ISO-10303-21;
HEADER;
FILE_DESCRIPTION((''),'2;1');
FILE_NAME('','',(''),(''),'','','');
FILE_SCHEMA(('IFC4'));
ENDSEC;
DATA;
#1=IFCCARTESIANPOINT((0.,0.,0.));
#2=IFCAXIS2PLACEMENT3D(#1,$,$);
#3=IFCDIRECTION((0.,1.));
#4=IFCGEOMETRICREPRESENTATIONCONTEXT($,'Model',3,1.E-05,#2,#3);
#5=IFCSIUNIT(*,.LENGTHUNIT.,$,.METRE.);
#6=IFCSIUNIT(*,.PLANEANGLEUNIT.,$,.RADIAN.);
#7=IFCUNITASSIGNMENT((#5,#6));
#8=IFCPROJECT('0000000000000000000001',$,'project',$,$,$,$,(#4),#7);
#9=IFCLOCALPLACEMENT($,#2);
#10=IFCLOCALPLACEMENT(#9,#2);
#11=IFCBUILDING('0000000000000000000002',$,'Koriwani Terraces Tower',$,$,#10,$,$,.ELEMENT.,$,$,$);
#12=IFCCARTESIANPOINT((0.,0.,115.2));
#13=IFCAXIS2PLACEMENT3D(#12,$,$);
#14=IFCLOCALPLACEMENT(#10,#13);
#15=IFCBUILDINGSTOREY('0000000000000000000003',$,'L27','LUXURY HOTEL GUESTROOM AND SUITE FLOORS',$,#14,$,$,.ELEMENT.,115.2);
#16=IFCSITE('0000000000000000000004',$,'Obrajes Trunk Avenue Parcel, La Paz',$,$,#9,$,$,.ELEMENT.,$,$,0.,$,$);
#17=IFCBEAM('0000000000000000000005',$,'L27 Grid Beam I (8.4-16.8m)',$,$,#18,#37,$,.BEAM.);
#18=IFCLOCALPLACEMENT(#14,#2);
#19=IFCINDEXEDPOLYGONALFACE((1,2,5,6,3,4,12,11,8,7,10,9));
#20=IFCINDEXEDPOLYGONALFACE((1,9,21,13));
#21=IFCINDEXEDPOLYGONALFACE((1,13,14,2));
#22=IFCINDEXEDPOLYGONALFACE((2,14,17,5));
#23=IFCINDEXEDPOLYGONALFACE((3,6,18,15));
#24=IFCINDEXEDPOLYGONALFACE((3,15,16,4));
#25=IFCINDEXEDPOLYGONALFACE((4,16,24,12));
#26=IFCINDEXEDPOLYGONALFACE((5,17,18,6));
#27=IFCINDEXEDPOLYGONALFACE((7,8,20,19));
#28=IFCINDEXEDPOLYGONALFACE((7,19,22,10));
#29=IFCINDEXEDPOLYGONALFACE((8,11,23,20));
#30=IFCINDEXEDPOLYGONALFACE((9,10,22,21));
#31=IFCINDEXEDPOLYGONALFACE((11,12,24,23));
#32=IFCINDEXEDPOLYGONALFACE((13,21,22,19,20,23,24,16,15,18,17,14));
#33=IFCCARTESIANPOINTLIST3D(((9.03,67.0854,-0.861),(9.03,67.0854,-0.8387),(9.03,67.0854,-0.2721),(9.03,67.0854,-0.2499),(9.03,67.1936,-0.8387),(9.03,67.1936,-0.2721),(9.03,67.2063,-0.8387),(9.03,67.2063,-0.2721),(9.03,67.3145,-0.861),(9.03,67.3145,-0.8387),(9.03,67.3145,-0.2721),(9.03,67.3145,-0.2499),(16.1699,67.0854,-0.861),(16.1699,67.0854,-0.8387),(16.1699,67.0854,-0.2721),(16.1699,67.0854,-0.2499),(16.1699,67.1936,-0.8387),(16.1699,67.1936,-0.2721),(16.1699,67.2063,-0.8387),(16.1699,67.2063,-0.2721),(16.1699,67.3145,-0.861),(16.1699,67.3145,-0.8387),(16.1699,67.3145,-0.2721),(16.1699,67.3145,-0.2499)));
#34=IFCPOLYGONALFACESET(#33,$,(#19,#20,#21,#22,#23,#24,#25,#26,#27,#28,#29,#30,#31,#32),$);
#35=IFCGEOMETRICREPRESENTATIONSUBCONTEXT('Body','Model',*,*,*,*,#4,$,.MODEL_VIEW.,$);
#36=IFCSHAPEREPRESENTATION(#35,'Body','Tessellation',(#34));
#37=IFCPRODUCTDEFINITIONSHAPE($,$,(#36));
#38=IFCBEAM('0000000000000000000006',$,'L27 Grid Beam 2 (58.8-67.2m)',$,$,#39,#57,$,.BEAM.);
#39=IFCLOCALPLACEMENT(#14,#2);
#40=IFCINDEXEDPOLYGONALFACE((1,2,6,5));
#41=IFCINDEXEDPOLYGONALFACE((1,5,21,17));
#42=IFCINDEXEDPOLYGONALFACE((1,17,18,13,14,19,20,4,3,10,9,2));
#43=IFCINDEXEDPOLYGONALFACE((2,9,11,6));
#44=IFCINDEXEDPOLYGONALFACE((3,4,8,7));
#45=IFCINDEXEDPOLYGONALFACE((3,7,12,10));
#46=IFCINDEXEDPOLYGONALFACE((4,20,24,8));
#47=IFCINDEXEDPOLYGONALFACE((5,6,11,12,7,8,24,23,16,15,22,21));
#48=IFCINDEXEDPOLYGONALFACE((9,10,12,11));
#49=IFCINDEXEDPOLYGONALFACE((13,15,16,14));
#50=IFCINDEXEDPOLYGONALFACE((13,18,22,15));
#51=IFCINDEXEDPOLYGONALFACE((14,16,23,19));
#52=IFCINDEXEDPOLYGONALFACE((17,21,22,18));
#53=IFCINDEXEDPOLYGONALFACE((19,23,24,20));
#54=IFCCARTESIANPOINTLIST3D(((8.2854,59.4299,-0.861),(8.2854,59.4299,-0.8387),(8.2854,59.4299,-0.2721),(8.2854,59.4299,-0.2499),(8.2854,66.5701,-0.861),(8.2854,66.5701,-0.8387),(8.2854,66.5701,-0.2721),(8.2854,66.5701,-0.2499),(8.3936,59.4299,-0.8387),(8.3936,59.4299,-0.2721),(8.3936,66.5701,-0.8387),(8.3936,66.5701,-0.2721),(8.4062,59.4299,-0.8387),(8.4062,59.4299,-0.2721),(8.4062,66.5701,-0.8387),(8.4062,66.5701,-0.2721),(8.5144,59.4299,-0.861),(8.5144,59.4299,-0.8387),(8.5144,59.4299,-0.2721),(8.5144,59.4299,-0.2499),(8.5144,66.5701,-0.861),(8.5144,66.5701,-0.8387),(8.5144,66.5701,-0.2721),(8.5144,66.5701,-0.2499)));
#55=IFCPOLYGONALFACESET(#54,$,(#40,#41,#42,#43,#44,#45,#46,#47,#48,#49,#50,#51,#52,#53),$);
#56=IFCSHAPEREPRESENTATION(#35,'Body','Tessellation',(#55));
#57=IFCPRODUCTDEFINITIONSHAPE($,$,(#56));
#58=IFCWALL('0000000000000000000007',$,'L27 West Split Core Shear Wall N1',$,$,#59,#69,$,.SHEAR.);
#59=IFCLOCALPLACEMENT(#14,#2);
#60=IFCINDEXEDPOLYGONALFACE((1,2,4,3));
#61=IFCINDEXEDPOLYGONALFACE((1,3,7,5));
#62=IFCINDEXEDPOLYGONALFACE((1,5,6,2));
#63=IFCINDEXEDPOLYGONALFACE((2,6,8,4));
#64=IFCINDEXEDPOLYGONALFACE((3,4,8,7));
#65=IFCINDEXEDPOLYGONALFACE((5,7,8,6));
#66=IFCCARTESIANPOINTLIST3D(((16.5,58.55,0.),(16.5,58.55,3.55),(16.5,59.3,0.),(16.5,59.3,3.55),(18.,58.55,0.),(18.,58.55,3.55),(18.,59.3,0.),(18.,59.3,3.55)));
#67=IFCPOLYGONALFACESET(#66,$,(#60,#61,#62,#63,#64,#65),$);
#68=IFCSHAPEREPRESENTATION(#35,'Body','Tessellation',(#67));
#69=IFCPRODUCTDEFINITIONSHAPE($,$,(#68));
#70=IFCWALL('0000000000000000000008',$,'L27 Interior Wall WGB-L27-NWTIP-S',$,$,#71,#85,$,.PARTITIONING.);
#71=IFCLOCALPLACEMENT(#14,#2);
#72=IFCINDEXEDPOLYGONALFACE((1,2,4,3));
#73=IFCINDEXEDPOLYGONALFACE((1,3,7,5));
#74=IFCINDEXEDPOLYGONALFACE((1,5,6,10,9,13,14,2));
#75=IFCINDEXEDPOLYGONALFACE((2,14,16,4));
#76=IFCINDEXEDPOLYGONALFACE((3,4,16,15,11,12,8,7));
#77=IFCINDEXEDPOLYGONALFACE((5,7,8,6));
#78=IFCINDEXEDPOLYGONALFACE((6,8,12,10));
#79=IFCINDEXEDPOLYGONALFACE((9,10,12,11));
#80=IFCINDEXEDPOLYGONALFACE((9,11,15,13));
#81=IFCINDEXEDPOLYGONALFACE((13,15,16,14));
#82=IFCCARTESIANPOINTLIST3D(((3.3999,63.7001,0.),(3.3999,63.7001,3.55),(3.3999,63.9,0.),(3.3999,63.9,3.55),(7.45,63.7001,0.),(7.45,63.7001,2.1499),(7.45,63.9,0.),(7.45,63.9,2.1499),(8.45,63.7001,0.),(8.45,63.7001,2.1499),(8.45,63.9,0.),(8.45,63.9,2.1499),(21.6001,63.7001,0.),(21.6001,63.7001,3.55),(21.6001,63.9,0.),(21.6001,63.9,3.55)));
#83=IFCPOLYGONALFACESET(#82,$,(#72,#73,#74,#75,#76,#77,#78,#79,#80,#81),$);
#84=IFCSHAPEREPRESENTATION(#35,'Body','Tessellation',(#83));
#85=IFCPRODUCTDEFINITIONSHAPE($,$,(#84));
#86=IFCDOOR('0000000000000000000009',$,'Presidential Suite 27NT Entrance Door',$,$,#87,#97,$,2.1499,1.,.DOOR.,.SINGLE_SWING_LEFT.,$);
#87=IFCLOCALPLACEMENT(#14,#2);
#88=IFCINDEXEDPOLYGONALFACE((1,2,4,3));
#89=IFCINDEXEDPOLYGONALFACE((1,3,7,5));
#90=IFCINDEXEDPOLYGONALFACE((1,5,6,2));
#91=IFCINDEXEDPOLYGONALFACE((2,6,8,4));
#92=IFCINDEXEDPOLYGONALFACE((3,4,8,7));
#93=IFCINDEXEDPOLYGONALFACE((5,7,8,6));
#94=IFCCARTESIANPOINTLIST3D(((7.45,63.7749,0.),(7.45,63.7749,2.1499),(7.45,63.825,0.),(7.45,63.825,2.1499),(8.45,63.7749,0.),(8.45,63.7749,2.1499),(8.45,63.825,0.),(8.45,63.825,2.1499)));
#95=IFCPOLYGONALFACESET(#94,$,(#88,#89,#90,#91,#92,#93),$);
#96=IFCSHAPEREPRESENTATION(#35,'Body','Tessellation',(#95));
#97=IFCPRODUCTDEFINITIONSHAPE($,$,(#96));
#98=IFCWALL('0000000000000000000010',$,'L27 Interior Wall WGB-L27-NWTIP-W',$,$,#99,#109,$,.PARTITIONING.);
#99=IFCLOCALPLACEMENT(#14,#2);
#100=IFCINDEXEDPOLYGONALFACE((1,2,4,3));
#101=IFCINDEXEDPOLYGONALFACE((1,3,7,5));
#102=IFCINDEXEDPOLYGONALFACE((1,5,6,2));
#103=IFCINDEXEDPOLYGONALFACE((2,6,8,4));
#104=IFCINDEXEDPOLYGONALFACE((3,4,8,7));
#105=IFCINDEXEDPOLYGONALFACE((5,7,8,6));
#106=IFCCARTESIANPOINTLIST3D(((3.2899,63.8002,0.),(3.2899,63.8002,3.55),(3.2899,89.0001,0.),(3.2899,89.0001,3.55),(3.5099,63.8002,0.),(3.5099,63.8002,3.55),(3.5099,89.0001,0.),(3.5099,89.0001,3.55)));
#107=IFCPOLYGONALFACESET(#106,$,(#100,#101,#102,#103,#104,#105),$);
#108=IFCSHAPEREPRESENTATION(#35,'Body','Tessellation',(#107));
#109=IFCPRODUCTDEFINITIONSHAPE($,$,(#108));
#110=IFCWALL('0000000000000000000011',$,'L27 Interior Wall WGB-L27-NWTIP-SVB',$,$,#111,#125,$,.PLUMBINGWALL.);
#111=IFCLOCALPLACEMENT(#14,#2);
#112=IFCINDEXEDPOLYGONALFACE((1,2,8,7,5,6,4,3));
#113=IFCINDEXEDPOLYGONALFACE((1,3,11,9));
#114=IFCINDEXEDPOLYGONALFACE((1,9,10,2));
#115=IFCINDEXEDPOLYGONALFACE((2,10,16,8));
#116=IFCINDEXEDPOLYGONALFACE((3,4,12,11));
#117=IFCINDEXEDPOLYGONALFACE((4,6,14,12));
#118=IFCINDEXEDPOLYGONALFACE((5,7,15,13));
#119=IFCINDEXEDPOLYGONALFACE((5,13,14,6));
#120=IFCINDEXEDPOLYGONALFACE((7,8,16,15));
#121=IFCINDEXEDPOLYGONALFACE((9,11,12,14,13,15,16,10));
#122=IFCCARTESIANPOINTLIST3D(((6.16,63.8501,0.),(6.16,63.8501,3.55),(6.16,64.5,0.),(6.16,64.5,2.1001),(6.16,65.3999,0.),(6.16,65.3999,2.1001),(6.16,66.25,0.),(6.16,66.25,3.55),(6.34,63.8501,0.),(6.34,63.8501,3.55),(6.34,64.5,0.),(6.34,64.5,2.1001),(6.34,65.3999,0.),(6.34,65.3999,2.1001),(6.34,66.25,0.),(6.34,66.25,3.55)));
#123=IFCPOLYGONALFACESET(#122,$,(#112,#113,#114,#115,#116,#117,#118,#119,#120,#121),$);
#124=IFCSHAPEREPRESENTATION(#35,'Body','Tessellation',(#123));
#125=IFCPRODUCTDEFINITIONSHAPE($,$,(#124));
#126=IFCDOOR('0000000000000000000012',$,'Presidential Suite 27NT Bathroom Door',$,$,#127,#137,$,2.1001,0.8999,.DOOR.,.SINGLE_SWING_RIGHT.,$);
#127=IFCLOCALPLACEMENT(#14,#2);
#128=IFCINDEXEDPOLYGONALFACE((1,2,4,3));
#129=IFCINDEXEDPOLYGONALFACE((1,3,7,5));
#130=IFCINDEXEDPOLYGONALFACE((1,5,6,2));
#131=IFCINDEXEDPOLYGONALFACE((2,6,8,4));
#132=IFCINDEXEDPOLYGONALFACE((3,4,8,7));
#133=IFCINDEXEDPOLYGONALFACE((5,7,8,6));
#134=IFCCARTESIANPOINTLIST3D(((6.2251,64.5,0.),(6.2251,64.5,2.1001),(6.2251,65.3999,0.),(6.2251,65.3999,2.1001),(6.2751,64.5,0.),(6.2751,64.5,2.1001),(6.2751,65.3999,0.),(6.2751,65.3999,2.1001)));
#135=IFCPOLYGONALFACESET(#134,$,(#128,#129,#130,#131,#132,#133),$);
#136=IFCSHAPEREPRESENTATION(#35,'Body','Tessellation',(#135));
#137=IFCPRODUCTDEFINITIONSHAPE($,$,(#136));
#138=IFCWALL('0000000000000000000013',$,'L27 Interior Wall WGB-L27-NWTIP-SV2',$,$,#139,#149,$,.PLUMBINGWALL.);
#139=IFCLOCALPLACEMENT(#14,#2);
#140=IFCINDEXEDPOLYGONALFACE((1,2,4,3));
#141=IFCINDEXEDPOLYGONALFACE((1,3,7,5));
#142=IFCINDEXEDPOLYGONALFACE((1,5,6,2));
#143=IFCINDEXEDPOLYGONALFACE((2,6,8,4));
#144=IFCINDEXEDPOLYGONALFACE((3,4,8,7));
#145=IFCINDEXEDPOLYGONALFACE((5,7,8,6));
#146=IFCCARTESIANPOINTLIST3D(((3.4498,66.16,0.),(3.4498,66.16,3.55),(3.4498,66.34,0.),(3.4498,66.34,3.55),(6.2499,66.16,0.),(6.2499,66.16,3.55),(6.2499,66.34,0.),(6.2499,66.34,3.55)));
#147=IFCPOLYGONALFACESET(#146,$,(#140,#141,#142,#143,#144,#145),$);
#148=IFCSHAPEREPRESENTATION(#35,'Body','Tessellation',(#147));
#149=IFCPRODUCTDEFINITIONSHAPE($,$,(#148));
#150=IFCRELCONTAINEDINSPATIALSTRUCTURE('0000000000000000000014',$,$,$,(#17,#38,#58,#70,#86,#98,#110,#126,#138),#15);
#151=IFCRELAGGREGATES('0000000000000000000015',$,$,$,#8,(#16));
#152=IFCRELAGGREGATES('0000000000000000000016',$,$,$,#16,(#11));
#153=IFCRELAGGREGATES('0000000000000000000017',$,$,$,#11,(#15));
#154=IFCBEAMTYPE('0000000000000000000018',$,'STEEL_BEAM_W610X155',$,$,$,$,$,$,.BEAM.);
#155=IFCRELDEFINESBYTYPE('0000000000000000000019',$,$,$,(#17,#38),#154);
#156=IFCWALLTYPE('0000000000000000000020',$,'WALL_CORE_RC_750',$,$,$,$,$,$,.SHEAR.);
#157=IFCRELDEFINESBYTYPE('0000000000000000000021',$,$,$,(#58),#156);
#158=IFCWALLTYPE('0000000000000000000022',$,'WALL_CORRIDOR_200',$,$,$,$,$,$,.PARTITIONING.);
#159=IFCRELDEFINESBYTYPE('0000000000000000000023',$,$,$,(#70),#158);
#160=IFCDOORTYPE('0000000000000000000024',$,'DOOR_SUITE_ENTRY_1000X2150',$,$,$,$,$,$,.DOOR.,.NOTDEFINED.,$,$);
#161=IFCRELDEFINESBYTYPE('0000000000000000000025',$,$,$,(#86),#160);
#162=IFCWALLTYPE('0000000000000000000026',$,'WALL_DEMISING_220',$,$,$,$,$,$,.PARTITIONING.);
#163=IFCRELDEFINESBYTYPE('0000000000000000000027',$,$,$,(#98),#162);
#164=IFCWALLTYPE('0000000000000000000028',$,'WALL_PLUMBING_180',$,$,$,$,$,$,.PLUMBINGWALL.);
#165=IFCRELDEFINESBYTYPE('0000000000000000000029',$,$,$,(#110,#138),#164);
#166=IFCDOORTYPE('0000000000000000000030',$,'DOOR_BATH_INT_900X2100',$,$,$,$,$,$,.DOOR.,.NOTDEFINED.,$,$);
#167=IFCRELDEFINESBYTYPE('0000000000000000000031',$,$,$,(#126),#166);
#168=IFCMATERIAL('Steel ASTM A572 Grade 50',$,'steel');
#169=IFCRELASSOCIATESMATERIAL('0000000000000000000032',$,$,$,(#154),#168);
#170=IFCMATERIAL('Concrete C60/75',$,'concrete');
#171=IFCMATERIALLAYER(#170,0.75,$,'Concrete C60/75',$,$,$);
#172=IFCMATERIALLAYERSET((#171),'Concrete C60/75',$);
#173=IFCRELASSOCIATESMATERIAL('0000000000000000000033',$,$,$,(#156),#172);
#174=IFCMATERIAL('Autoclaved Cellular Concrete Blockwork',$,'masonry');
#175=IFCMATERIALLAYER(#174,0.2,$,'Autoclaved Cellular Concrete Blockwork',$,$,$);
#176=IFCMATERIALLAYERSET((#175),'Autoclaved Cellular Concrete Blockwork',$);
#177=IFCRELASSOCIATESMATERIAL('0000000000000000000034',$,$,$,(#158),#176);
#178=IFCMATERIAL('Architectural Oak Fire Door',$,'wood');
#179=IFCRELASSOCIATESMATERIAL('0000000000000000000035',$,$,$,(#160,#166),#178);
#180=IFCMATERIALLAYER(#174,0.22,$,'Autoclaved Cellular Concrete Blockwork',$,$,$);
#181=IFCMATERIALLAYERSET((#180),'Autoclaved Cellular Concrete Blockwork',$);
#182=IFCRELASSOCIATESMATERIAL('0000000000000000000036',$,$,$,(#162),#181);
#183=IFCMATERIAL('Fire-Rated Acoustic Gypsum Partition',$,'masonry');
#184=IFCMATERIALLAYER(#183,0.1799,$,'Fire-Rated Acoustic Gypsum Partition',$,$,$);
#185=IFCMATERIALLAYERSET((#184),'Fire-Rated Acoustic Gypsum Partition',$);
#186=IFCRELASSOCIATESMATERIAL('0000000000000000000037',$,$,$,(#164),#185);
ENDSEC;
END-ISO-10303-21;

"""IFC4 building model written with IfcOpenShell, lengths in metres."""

from ifc_helpers import new_model, si_unit, direction, frame, frame_2d, origin, origin_2d, place, context, subcontext, project, spatial, rectangle, i_section, extrude, material, layer, layer_set, material_profile, profile_set, type_object, element, fill, save


model = new_model("IFC4")

# Units and contexts
model_context = context("Model", 3, precision=1e-05, world=origin(), true_north=direction((0.0, 1.0)))
body_context = subcontext(model_context, "Body", "Model", "MODEL_VIEW")
ifc_project = project(units=[si_unit("LENGTHUNIT", "METRE"), si_unit("PLANEANGLEUNIT", "RADIAN")], contexts=[model_context])

# Site, building, storey
site_placement = place(None, origin())
site = spatial("IfcSite", under=ifc_project, at=site_placement, Name="Obrajes Trunk Avenue Parcel, La Paz", CompositionType="ELEMENT", RefElevation=0.0)
building_placement = place(site_placement, origin())
building = spatial("IfcBuilding", under=site, at=building_placement, Name="Koriwani Terraces Tower", CompositionType="ELEMENT")
storey_placement = place(building_placement, frame((0.0, 0.0, 115.2)))
storey = spatial("IfcBuildingStorey", under=building, at=storey_placement, Name="L27", Description="LUXURY HOTEL GUESTROOM AND SUITE FLOORS", CompositionType="ELEMENT", Elevation=115.2)

# Shared definitions
ifc_material_1 = material(Name="Concrete C60/75", Category="concrete")

# Beams
ifc_material_2 = material(Name="Steel ASTM A572 Grade 50", Category="steel")
ifc_material_profile_1 = material_profile(ifc_material_2, i_section(OverallWidth=0.229, OverallDepth=0.6111, WebThickness=0.0127, FlangeThickness=0.0222, at=origin_2d()), Name="Steel ASTM A572 Grade 50", Category="LoadBearing")
ifc_profile_set_1 = profile_set([ifc_material_profile_1], Name="Steel ASTM A572 Grade 50")
beam_type_1 = type_object("IfcBeamType", Name="STEEL_BEAM_W610X155", PredefinedType="BEAM", material=ifc_profile_set_1)
beam_1_placement = place(storey_placement, frame((9.03, 67.2, -0.5554), z_axis=(1.0, 0.0, 0.0), x_axis=(0.0, 1.0, 0.0)))
element("IfcBeam", 1, at=beam_1_placement, inside=storey, type_object=beam_type_1, Name="L27 Grid Beam I (8.4-16.8m)", PredefinedType="BEAM", context=body_context, shape_type="SweptSolid", body=[
    extrude(i_section(OverallWidth=0.229, OverallDepth=0.6111, WebThickness=0.0127, FlangeThickness=0.0222, at=origin_2d()), origin(), (0.0, 0.0, 1.0), 7.1399),
])
beam_2_placement = place(storey_placement, frame((8.3999, 59.4299, -0.5554), z_axis=(0.0, 1.0, 0.0), x_axis=(-1.0, 0.0, 0.0)))
element("IfcBeam", 2, at=beam_2_placement, inside=storey, type_object=beam_type_1, Name="L27 Grid Beam 2 (58.8-67.2m)", PredefinedType="BEAM", context=body_context, shape_type="SweptSolid", body=[
    extrude(i_section(OverallWidth=0.229, OverallDepth=0.6111, WebThickness=0.0127, FlangeThickness=0.0222, at=origin_2d()), origin(), (0.0, 0.0, 1.0), 7.1401),
])

# Wall
ifc_layer_1 = layer(ifc_material_1, 0.75, Name="Concrete C60/75")
ifc_layer_set_1 = layer_set([ifc_layer_1], Name="Concrete C60/75")
wall_type_1 = type_object("IfcWallType", Name="WALL_CORE_RC_750", PredefinedType="SHEAR", material=ifc_layer_set_1)
wall_1_placement = place(storey_placement, frame((16.5, 58.925, 0.0), z_axis=(0.0, 0.0, 1.0), x_axis=(1.0, 0.0, 0.0)))
element("IfcWall", 3, at=wall_1_placement, inside=storey, type_object=wall_type_1, Name="L27 West Split Core Shear Wall N1", PredefinedType="SHEAR", context=body_context, shape_type="SweptSolid", body=[
    extrude(rectangle(XDim=1.5, YDim=0.75, at=frame_2d((0.75, 0.0))), origin(), (0.0, 0.0, 1.0), 3.55),
])

# Wall, opening, door
ifc_material_3 = material(Name="Autoclaved Cellular Concrete Blockwork", Category="masonry")
ifc_layer_2 = layer(ifc_material_3, 0.2, Name="Autoclaved Cellular Concrete Blockwork")
ifc_layer_set_2 = layer_set([ifc_layer_2], Name="Autoclaved Cellular Concrete Blockwork")
wall_type_2 = type_object("IfcWallType", Name="WALL_CORRIDOR_200", PredefinedType="PARTITIONING", material=ifc_layer_set_2)
wall_2_placement = place(storey_placement, frame((3.3999, 63.8, 0.0), z_axis=(0.0, 0.0, 1.0), x_axis=(1.0, 0.0, 0.0)))
wall_2 = element("IfcWall", 4, at=wall_2_placement, inside=storey, type_object=wall_type_2, Name="L27 Interior Wall WGB-L27-NWTIP-S", PredefinedType="PARTITIONING", context=body_context, shape_type="SweptSolid", body=[
    extrude(rectangle(XDim=18.2002, YDim=0.2, at=frame_2d((9.1001, 0.0))), origin(), (0.0, 0.0, 1.0), 3.55),
])
opening_1_placement = place(wall_2_placement, frame((4.05, 0.0, 0.0)))
opening_1 = element("IfcOpeningElement", 5, at=opening_1_placement, cuts=wall_2, PredefinedType="OPENING", context=body_context, shape_type="SweptSolid", body=[
    extrude(rectangle(XDim=1.0, YDim=2.1499, at=frame_2d((0.5, 1.075))), frame((0.0, 0.1099, 0.0), z_axis=(0.0, -1.0, 0.0), x_axis=(1.0, 0.0, 0.0)), (0.0, 0.0, 1.0), 0.22),
])
ifc_material_4 = material(Name="Architectural Oak Fire Door", Category="wood")
door_type_1 = type_object("IfcDoorType", Name="DOOR_SUITE_ENTRY_1000X2150", OperationType="NOTDEFINED", PredefinedType="DOOR", material=ifc_material_4)
door_1_placement = place(opening_1_placement, origin())
door_1 = element("IfcDoor", 6, at=door_1_placement, inside=storey, type_object=door_type_1, Name="Presidential Suite 27NT Entrance Door", OperationType="SINGLE_SWING_LEFT", OverallHeight=2.1499, OverallWidth=1.0, PredefinedType="DOOR", context=body_context, shape_type="SweptSolid", body=[
    extrude(rectangle(XDim=1.0, YDim=2.1499, at=frame_2d((0.5, 1.075))), frame((0.0, 0.0249, 0.0), z_axis=(0.0, -1.0, 0.0), x_axis=(1.0, 0.0, 0.0)), (0.0, 0.0, 1.0), 0.05),
])
fill(opening_1, door_1)

# Wall
ifc_layer_3 = layer(ifc_material_3, 0.22, Name="Autoclaved Cellular Concrete Blockwork")
ifc_layer_set_3 = layer_set([ifc_layer_3], Name="Autoclaved Cellular Concrete Blockwork")
wall_type_3 = type_object("IfcWallType", Name="WALL_DEMISING_220", PredefinedType="PARTITIONING", material=ifc_layer_set_3)
wall_3_placement = place(storey_placement, frame((3.3999, 63.8, 0.0), z_axis=(0.0, 0.0, 1.0), x_axis=(0.0, 1.0, 0.0)))
element("IfcWall", 7, at=wall_3_placement, inside=storey, type_object=wall_type_3, Name="L27 Interior Wall WGB-L27-NWTIP-W", PredefinedType="PARTITIONING", context=body_context, shape_type="SweptSolid", body=[
    extrude(rectangle(XDim=25.2, YDim=0.22, at=frame_2d((12.6001, 0.0))), origin(), (0.0, 0.0, 1.0), 3.55),
])

# Wall, opening, door
ifc_material_5 = material(Name="Fire-Rated Acoustic Gypsum Partition", Category="masonry")
ifc_layer_4 = layer(ifc_material_5, 0.1799, Name="Fire-Rated Acoustic Gypsum Partition")
ifc_layer_set_4 = layer_set([ifc_layer_4], Name="Fire-Rated Acoustic Gypsum Partition")
wall_type_4 = type_object("IfcWallType", Name="WALL_PLUMBING_180", PredefinedType="PLUMBINGWALL", material=ifc_layer_set_4)
wall_4_placement = place(storey_placement, frame((6.25, 63.8501, 0.0), z_axis=(0.0, 0.0, 1.0), x_axis=(0.0, 1.0, 0.0)))
wall_4 = element("IfcWall", 8, at=wall_4_placement, inside=storey, type_object=wall_type_4, Name="L27 Interior Wall WGB-L27-NWTIP-SVB", PredefinedType="PLUMBINGWALL", context=body_context, shape_type="SweptSolid", body=[
    extrude(rectangle(XDim=2.3999, YDim=0.1799, at=frame_2d((1.2, 0.0))), origin(), (0.0, 0.0, 1.0), 3.55),
])
opening_2_placement = place(wall_4_placement, frame((0.6499, 0.0, 0.0)))
opening_2 = element("IfcOpeningElement", 9, at=opening_2_placement, cuts=wall_4, PredefinedType="OPENING", context=body_context, shape_type="SweptSolid", body=[
    extrude(rectangle(XDim=0.8999, YDim=2.1001, at=frame_2d((0.45, 1.05))), frame((0.0, 0.1001, 0.0), z_axis=(0.0, -1.0, 0.0), x_axis=(1.0, 0.0, 0.0)), (0.0, 0.0, 1.0), 0.2),
])
door_type_2 = type_object("IfcDoorType", Name="DOOR_BATH_INT_900X2100", OperationType="NOTDEFINED", PredefinedType="DOOR", material=ifc_material_4)
door_2_placement = place(opening_2_placement, origin())
door_2 = element("IfcDoor", 10, at=door_2_placement, inside=storey, type_object=door_type_2, Name="Presidential Suite 27NT Bathroom Door", OperationType="SINGLE_SWING_RIGHT", OverallHeight=2.1001, OverallWidth=0.8999, PredefinedType="DOOR", context=body_context, shape_type="SweptSolid", body=[
    extrude(rectangle(XDim=0.8999, YDim=2.1001, at=frame_2d((0.45, 1.05))), frame((0.0, 0.0249, 0.0), z_axis=(0.0, -1.0, 0.0), x_axis=(1.0, 0.0, 0.0)), (0.0, 0.0, 1.0), 0.05),
])
fill(opening_2, door_2)

# Wall
wall_5_placement = place(storey_placement, frame((3.45, 66.25, 0.0), z_axis=(0.0, 0.0, 1.0), x_axis=(1.0, 0.0, 0.0)))
element("IfcWall", 11, at=wall_5_placement, inside=storey, type_object=wall_type_4, Name="L27 Interior Wall WGB-L27-NWTIP-SV2", PredefinedType="PLUMBINGWALL", context=body_context, shape_type="SweptSolid", body=[
    extrude(rectangle(XDim=2.8, YDim=0.1799, at=frame_2d((1.3999, 0.0))), origin(), (0.0, 0.0, 1.0), 3.55),
])

save(model, "model.ifc")
